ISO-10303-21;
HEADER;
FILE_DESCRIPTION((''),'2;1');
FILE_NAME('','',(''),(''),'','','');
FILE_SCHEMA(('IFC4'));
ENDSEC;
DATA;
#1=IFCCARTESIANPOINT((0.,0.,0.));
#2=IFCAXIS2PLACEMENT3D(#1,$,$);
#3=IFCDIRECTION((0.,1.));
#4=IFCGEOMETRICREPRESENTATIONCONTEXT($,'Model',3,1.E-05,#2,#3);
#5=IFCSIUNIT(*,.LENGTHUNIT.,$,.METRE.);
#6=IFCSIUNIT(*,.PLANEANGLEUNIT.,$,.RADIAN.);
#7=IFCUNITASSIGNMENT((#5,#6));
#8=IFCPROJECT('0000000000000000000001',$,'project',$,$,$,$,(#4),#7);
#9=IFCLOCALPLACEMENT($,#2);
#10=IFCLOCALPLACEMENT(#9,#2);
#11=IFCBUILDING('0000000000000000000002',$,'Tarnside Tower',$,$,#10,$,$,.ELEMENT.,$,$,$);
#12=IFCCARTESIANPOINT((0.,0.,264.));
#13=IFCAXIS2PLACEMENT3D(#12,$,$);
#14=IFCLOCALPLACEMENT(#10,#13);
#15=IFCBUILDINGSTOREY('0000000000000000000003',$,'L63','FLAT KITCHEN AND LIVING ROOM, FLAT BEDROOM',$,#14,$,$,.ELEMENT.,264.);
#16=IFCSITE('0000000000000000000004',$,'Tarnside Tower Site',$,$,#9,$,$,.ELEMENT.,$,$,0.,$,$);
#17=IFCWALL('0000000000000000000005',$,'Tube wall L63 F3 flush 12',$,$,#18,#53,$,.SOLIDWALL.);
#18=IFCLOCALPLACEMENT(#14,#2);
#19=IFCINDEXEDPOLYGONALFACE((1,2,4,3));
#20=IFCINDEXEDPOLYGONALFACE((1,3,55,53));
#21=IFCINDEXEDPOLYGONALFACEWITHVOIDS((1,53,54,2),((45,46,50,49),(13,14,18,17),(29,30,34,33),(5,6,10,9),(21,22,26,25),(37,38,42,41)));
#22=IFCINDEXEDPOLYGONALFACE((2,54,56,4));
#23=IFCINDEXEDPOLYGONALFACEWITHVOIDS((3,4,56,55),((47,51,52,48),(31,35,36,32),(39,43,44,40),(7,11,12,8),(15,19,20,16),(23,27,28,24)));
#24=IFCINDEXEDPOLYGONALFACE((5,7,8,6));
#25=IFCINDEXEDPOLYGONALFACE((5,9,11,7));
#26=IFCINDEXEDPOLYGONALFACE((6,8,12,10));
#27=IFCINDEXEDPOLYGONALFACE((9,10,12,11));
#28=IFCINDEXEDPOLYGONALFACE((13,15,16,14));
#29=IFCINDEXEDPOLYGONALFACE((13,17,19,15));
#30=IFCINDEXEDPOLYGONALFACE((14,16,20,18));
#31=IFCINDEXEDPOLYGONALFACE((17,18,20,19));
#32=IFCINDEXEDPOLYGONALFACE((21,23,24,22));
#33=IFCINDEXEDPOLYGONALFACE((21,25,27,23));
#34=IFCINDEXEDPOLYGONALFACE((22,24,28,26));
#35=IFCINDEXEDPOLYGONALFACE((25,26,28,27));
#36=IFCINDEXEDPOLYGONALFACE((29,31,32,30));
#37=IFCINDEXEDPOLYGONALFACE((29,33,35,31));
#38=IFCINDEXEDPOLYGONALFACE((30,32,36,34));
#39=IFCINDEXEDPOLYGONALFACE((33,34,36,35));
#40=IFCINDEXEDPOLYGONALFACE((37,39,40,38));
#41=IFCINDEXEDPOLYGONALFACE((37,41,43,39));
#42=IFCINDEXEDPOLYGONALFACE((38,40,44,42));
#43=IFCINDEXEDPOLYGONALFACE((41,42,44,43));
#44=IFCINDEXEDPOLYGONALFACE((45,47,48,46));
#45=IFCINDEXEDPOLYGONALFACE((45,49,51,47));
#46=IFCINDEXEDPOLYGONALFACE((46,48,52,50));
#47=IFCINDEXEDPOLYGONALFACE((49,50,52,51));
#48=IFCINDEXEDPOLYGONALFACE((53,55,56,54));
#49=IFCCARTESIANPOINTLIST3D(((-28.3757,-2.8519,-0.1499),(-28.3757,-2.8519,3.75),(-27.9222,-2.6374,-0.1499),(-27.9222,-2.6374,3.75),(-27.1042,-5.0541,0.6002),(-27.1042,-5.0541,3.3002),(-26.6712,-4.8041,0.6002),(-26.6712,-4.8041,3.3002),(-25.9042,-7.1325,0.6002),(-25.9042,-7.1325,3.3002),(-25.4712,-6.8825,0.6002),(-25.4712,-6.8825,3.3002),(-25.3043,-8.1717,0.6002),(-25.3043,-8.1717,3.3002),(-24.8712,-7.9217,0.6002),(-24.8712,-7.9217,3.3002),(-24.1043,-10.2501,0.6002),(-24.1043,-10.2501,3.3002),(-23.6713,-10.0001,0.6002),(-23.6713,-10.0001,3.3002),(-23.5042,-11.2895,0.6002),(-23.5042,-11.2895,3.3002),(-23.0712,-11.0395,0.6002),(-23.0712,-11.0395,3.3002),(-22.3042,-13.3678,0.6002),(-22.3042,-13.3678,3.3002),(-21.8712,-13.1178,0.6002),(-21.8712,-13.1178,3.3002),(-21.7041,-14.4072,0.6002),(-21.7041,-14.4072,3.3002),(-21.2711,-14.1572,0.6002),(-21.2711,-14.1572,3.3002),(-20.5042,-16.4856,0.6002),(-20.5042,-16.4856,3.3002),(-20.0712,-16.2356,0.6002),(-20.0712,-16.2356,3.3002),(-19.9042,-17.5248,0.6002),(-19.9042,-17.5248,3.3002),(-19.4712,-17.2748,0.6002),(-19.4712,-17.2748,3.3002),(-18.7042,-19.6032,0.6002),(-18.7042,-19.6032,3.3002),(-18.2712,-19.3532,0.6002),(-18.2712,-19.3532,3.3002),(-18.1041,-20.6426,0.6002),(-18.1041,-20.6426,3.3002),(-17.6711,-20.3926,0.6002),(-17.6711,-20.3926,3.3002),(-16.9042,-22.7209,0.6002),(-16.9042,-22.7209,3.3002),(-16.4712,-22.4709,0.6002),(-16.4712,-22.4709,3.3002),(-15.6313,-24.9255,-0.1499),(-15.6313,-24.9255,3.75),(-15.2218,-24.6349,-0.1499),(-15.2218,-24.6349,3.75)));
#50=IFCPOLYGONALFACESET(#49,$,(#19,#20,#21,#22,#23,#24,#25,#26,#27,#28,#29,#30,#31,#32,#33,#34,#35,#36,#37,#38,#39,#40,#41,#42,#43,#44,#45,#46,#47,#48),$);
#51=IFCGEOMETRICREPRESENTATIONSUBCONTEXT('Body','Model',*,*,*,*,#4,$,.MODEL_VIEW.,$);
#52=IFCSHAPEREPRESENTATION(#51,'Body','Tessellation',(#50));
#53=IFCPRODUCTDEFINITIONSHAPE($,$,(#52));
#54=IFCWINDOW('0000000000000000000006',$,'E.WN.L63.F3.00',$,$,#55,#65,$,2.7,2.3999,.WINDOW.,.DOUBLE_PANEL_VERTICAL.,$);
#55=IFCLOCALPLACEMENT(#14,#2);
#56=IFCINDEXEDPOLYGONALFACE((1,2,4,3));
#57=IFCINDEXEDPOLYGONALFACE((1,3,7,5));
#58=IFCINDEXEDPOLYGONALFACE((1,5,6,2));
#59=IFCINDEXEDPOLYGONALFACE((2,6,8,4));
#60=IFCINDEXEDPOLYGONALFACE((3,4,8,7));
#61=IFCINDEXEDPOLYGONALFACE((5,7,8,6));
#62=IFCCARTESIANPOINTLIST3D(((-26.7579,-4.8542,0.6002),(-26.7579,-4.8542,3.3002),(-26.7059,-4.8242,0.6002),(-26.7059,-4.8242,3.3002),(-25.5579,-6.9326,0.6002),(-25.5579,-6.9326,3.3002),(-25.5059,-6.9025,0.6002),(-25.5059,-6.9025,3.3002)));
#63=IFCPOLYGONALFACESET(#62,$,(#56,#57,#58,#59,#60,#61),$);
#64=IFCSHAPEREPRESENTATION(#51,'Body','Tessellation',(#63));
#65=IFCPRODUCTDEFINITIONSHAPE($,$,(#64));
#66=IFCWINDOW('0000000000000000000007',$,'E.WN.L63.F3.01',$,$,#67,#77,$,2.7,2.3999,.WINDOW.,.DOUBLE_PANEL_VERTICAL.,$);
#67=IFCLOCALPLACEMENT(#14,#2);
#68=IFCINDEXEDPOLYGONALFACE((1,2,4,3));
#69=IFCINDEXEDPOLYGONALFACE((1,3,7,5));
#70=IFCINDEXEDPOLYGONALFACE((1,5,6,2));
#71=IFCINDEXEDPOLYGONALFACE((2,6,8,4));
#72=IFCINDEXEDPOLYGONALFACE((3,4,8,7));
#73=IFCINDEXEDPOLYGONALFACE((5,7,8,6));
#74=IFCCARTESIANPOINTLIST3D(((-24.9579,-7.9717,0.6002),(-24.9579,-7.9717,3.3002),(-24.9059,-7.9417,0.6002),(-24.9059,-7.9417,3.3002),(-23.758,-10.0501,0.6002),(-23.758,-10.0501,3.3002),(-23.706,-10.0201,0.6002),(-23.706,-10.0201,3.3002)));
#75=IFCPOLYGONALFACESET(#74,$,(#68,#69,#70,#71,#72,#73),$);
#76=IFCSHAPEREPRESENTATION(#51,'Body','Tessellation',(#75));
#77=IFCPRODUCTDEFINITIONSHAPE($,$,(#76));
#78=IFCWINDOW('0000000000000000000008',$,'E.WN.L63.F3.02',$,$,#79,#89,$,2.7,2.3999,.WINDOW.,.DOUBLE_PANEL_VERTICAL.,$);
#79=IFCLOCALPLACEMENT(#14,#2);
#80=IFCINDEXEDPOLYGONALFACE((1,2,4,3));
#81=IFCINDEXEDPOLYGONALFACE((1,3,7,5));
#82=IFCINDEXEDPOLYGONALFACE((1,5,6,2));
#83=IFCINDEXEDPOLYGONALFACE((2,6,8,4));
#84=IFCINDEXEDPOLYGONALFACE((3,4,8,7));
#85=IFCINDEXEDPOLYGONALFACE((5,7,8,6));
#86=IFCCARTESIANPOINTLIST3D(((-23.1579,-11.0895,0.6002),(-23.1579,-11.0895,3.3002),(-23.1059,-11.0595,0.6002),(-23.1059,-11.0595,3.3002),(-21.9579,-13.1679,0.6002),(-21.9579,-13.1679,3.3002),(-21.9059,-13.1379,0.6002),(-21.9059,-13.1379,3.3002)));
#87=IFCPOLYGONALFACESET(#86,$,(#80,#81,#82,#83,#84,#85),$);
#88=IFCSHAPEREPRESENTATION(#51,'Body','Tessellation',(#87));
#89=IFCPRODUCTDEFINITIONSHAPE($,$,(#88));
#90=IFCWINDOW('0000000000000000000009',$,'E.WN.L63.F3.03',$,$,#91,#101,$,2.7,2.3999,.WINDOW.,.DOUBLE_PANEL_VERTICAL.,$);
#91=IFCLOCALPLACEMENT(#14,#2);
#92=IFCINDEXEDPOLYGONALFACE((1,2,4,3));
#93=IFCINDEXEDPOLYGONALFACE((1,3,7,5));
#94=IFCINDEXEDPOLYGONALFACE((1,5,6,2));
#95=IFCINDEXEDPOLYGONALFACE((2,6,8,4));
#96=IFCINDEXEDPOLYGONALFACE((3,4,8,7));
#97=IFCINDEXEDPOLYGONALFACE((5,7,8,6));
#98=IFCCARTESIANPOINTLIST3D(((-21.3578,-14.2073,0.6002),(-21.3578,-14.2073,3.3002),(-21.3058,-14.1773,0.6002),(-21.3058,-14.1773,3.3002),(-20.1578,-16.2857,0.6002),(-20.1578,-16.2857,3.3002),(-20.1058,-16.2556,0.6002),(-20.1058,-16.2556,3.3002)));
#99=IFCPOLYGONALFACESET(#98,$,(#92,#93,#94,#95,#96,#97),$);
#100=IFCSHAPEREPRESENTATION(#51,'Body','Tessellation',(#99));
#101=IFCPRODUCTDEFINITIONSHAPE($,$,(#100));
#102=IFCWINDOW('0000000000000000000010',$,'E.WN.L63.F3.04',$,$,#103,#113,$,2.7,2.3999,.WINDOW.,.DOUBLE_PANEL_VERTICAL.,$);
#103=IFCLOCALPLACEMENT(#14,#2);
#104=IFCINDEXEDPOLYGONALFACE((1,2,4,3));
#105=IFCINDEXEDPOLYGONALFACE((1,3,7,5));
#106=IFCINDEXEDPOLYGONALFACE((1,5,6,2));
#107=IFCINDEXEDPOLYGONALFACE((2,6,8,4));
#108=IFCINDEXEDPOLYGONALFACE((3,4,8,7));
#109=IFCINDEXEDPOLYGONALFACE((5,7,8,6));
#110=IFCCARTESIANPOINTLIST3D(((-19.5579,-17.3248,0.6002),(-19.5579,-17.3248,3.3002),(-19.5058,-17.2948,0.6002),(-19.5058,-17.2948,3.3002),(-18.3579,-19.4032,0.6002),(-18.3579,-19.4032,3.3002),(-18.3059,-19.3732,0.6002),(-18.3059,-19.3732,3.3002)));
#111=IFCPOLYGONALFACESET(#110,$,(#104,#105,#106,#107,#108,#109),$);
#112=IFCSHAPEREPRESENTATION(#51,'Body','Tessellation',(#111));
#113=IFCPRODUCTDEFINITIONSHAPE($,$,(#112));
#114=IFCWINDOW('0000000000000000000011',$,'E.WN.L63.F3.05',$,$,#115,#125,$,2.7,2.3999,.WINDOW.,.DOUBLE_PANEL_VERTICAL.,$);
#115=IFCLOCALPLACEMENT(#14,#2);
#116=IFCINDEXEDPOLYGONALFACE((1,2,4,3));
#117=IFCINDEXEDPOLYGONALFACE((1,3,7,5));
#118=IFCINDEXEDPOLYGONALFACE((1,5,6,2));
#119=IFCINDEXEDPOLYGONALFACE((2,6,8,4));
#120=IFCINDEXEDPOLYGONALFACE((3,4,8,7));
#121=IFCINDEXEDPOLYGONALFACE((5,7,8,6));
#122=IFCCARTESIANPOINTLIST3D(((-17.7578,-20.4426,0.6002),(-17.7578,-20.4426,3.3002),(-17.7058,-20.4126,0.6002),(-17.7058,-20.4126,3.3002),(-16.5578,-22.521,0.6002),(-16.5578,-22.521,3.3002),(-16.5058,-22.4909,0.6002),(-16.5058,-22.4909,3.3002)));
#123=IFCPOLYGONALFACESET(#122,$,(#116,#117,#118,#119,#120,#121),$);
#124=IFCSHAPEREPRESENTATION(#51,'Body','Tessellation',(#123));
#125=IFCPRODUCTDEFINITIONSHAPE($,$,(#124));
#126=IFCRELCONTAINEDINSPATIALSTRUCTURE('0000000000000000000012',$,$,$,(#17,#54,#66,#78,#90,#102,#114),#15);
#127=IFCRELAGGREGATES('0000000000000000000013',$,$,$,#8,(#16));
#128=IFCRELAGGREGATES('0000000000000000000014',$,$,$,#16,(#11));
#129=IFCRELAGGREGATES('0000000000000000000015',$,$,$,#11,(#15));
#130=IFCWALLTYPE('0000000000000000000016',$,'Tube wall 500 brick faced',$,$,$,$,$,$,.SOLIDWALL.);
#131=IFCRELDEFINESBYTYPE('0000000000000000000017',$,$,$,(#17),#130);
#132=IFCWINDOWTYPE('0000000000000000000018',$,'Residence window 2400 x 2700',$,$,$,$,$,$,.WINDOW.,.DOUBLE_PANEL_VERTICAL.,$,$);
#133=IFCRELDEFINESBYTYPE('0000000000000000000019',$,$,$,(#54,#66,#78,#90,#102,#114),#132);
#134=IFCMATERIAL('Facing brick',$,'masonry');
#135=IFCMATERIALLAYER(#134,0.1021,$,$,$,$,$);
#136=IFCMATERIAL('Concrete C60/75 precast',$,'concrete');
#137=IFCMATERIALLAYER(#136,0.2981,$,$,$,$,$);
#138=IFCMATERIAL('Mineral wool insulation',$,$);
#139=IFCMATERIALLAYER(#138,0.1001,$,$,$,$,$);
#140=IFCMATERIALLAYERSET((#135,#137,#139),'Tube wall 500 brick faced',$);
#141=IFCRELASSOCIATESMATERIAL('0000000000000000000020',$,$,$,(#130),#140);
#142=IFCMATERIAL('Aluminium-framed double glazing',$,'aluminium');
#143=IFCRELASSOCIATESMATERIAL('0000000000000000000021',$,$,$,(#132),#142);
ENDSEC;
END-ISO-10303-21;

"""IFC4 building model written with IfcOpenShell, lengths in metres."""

from ifc_helpers import new_model, si_unit, direction, frame, frame_2d, origin, place, context, subcontext, project, spatial, polyline, rectangle, outline, extrude, material, layer, layer_set, type_object, element, fill, save


model = new_model("IFC4")

# Units and contexts
model_context = context("Model", 3, precision=1e-05, world=origin(), true_north=direction((0.0, 1.0)))
body_context = subcontext(model_context, "Body", "Model", "MODEL_VIEW")
ifc_project = project(units=[si_unit("LENGTHUNIT", "METRE"), si_unit("PLANEANGLEUNIT", "RADIAN")], contexts=[model_context])

# Site, building, storey
site_placement = place(None, origin())
site = spatial("IfcSite", under=ifc_project, at=site_placement, Name="Tarnside Tower Site", CompositionType="ELEMENT", RefElevation=0.0)
building_placement = place(site_placement, origin())
building = spatial("IfcBuilding", under=site, at=building_placement, Name="Tarnside Tower", CompositionType="ELEMENT")
storey_placement = place(building_placement, frame((0.0, 0.0, 264.0)))
storey = spatial("IfcBuildingStorey", under=building, at=storey_placement, Name="L63", Description="FLAT KITCHEN AND LIVING ROOM, FLAT BEDROOM", CompositionType="ELEMENT", Elevation=264.0)

# Wall, openings, windows
ifc_material_1 = material(Name="Facing brick", Category="masonry")
ifc_layer_1 = layer(ifc_material_1, 0.1021)
ifc_material_2 = material(Name="Concrete C60/75 precast", Category="concrete")
ifc_layer_2 = layer(ifc_material_2, 0.2981)
ifc_material_3 = material(Name="Mineral wool insulation")
ifc_layer_3 = layer(ifc_material_3, 0.1001)
ifc_layer_set_1 = layer_set([ifc_layer_1, ifc_layer_2, ifc_layer_3], Name="Tube wall 500 brick faced")
wall_type_1 = type_object("IfcWallType", Name="Tube wall 500 brick faced", PredefinedType="SOLIDWALL", material=ifc_layer_set_1)
wall_1_placement = place(storey_placement, frame((-28.1489, -2.7446, -0.1499), z_axis=(0.0, 0.0, 1.0), x_axis=(0.500004, -0.866023, 0.0)))
wall_1 = element("IfcWall", 1, at=wall_1_placement, inside=storey, type_object=wall_type_1, Name="Tube wall L63 F3 flush 12", PredefinedType="SOLIDWALL", context=body_context, shape_type="SweptSolid", body=[
    extrude(outline(polyline([(-0.0205, -0.25), (25.468, -0.25), (25.4211, 0.25), (0.0205, 0.25), (-0.0205, -0.25)])), origin(), (0.0, 0.0, 1.0), 3.8999),
])
opening_1_placement = place(wall_1_placement, frame((2.5225, 0.0, 0.75)))
opening_1 = element("IfcOpeningElement", 2, at=opening_1_placement, cuts=wall_1, PredefinedType="OPENING", context=body_context, shape_type="SweptSolid", body=[
    extrude(rectangle(XDim=2.3999, YDim=2.7, at=frame_2d((1.2, 1.3501))), frame((0.0, 0.26, 0.0), z_axis=(0.0, -1.0, 0.0), x_axis=(1.0, 0.0, 0.0)), (0.0, 0.0, 1.0), 0.52),
])
opening_2_placement = place(wall_1_placement, frame((6.1223, 0.0, 0.75)))
opening_2 = element("IfcOpeningElement", 3, at=opening_2_placement, cuts=wall_1, PredefinedType="OPENING", context=body_context, shape_type="SweptSolid", body=[
    extrude(rectangle(XDim=2.3999, YDim=2.7, at=frame_2d((1.2, 1.3501))), frame((0.0, 0.26, 0.0), z_axis=(0.0, -1.0, 0.0), x_axis=(1.0, 0.0, 0.0)), (0.0, 0.0, 1.0), 0.52),
])
opening_3_placement = place(wall_1_placement, frame((9.7224, 0.0, 0.75)))
opening_3 = element("IfcOpeningElement", 4, at=opening_3_placement, cuts=wall_1, PredefinedType="OPENING", context=body_context, shape_type="SweptSolid", body=[
    extrude(rectangle(XDim=2.3999, YDim=2.7, at=frame_2d((1.2, 1.3501))), frame((0.0, 0.26, 0.0), z_axis=(0.0, -1.0, 0.0), x_axis=(1.0, 0.0, 0.0)), (0.0, 0.0, 1.0), 0.52),
])
opening_4_placement = place(wall_1_placement, frame((13.3225, 0.0, 0.75)))
opening_4 = element("IfcOpeningElement", 5, at=opening_4_placement, cuts=wall_1, PredefinedType="OPENING", context=body_context, shape_type="SweptSolid", body=[
    extrude(rectangle(XDim=2.3999, YDim=2.7, at=frame_2d((1.2, 1.3501))), frame((0.0, 0.26, 0.0), z_axis=(0.0, -1.0, 0.0), x_axis=(1.0, 0.0, 0.0)), (0.0, 0.0, 1.0), 0.52),
])
opening_5_placement = place(wall_1_placement, frame((16.9224, 0.0, 0.75)))
opening_5 = element("IfcOpeningElement", 6, at=opening_5_placement, cuts=wall_1, PredefinedType="OPENING", context=body_context, shape_type="SweptSolid", body=[
    extrude(rectangle(XDim=2.3999, YDim=2.7, at=frame_2d((1.2, 1.3501))), frame((0.0, 0.26, 0.0), z_axis=(0.0, -1.0, 0.0), x_axis=(1.0, 0.0, 0.0)), (0.0, 0.0, 1.0), 0.52),
])
opening_6_placement = place(wall_1_placement, frame((20.5225, 0.0, 0.75)))
opening_6 = element("IfcOpeningElement", 7, at=opening_6_placement, cuts=wall_1, PredefinedType="OPENING", context=body_context, shape_type="SweptSolid", body=[
    extrude(rectangle(XDim=2.3999, YDim=2.7, at=frame_2d((1.2, 1.3501))), frame((0.0, 0.26, 0.0), z_axis=(0.0, -1.0, 0.0), x_axis=(1.0, 0.0, 0.0)), (0.0, 0.0, 1.0), 0.52),
])
ifc_material_4 = material(Name="Aluminium-framed double glazing", Category="aluminium")
window_type = type_object("IfcWindowType", Name="Residence window 2400 x 2700", PartitioningType="DOUBLE_PANEL_VERTICAL", PredefinedType="WINDOW", material=ifc_material_4)
window_1_placement = place(opening_1_placement, frame((0.0, 0.1799, 0.0)))
window_1 = element("IfcWindow", 8, at=window_1_placement, inside=storey, type_object=window_type, Name="E.WN.L63.F3.00", OverallHeight=2.7, OverallWidth=2.3999, PartitioningType="DOUBLE_PANEL_VERTICAL", PredefinedType="WINDOW", context=body_context, shape_type="SweptSolid", body=[
    extrude(rectangle(XDim=2.3999, YDim=2.7, at=frame_2d((1.2, 1.3501))), frame((0.0, 0.03, 0.0), z_axis=(0.0, -1.0, 0.0), x_axis=(1.0, 0.0, 0.0)), (0.0, 0.0, 1.0), 0.0601),
])
fill(opening_1, window_1)
window_2_placement = place(opening_2_placement, frame((0.0, 0.1799, 0.0)))
window_2 = element("IfcWindow", 9, at=window_2_placement, inside=storey, type_object=window_type, Name="E.WN.L63.F3.01", OverallHeight=2.7, OverallWidth=2.3999, PartitioningType="DOUBLE_PANEL_VERTICAL", PredefinedType="WINDOW", context=body_context, shape_type="SweptSolid", body=[
    extrude(rectangle(XDim=2.3999, YDim=2.7, at=frame_2d((1.2, 1.3501))), frame((0.0, 0.03, 0.0), z_axis=(0.0, -1.0, 0.0), x_axis=(1.0, 0.0, 0.0)), (0.0, 0.0, 1.0), 0.0601),
])
fill(opening_2, window_2)
window_3_placement = place(opening_3_placement, frame((0.0, 0.1799, 0.0)))
window_3 = element("IfcWindow", 10, at=window_3_placement, inside=storey, type_object=window_type, Name="E.WN.L63.F3.02", OverallHeight=2.7, OverallWidth=2.3999, PartitioningType="DOUBLE_PANEL_VERTICAL", PredefinedType="WINDOW", context=body_context, shape_type="SweptSolid", body=[
    extrude(rectangle(XDim=2.3999, YDim=2.7, at=frame_2d((1.2, 1.3501))), frame((0.0, 0.03, 0.0), z_axis=(0.0, -1.0, 0.0), x_axis=(1.0, 0.0, 0.0)), (0.0, 0.0, 1.0), 0.0601),
])
fill(opening_3, window_3)
window_4_placement = place(opening_4_placement, frame((0.0, 0.1799, 0.0)))
window_4 = element("IfcWindow", 11, at=window_4_placement, inside=storey, type_object=window_type, Name="E.WN.L63.F3.03", OverallHeight=2.7, OverallWidth=2.3999, PartitioningType="DOUBLE_PANEL_VERTICAL", PredefinedType="WINDOW", context=body_context, shape_type="SweptSolid", body=[
    extrude(rectangle(XDim=2.3999, YDim=2.7, at=frame_2d((1.2, 1.3501))), frame((0.0, 0.03, 0.0), z_axis=(0.0, -1.0, 0.0), x_axis=(1.0, 0.0, 0.0)), (0.0, 0.0, 1.0), 0.0601),
])
fill(opening_4, window_4)
window_5_placement = place(opening_5_placement, frame((0.0, 0.1799, 0.0)))
window_5 = element("IfcWindow", 12, at=window_5_placement, inside=storey, type_object=window_type, Name="E.WN.L63.F3.04", OverallHeight=2.7, OverallWidth=2.3999, PartitioningType="DOUBLE_PANEL_VERTICAL", PredefinedType="WINDOW", context=body_context, shape_type="SweptSolid", body=[
    extrude(rectangle(XDim=2.3999, YDim=2.7, at=frame_2d((1.2, 1.3501))), frame((0.0, 0.03, 0.0), z_axis=(0.0, -1.0, 0.0), x_axis=(1.0, 0.0, 0.0)), (0.0, 0.0, 1.0), 0.0601),
])
fill(opening_5, window_5)
window_6_placement = place(opening_6_placement, frame((0.0, 0.1799, 0.0)))
window_6 = element("IfcWindow", 13, at=window_6_placement, inside=storey, type_object=window_type, Name="E.WN.L63.F3.05", OverallHeight=2.7, OverallWidth=2.3999, PartitioningType="DOUBLE_PANEL_VERTICAL", PredefinedType="WINDOW", context=body_context, shape_type="SweptSolid", body=[
    extrude(rectangle(XDim=2.3999, YDim=2.7, at=frame_2d((1.2, 1.3501))), frame((0.0, 0.03, 0.0), z_axis=(0.0, -1.0, 0.0), x_axis=(1.0, 0.0, 0.0)), (0.0, 0.0, 1.0), 0.0601),
])
fill(opening_6, window_6)

save(model, "model.ifc")
